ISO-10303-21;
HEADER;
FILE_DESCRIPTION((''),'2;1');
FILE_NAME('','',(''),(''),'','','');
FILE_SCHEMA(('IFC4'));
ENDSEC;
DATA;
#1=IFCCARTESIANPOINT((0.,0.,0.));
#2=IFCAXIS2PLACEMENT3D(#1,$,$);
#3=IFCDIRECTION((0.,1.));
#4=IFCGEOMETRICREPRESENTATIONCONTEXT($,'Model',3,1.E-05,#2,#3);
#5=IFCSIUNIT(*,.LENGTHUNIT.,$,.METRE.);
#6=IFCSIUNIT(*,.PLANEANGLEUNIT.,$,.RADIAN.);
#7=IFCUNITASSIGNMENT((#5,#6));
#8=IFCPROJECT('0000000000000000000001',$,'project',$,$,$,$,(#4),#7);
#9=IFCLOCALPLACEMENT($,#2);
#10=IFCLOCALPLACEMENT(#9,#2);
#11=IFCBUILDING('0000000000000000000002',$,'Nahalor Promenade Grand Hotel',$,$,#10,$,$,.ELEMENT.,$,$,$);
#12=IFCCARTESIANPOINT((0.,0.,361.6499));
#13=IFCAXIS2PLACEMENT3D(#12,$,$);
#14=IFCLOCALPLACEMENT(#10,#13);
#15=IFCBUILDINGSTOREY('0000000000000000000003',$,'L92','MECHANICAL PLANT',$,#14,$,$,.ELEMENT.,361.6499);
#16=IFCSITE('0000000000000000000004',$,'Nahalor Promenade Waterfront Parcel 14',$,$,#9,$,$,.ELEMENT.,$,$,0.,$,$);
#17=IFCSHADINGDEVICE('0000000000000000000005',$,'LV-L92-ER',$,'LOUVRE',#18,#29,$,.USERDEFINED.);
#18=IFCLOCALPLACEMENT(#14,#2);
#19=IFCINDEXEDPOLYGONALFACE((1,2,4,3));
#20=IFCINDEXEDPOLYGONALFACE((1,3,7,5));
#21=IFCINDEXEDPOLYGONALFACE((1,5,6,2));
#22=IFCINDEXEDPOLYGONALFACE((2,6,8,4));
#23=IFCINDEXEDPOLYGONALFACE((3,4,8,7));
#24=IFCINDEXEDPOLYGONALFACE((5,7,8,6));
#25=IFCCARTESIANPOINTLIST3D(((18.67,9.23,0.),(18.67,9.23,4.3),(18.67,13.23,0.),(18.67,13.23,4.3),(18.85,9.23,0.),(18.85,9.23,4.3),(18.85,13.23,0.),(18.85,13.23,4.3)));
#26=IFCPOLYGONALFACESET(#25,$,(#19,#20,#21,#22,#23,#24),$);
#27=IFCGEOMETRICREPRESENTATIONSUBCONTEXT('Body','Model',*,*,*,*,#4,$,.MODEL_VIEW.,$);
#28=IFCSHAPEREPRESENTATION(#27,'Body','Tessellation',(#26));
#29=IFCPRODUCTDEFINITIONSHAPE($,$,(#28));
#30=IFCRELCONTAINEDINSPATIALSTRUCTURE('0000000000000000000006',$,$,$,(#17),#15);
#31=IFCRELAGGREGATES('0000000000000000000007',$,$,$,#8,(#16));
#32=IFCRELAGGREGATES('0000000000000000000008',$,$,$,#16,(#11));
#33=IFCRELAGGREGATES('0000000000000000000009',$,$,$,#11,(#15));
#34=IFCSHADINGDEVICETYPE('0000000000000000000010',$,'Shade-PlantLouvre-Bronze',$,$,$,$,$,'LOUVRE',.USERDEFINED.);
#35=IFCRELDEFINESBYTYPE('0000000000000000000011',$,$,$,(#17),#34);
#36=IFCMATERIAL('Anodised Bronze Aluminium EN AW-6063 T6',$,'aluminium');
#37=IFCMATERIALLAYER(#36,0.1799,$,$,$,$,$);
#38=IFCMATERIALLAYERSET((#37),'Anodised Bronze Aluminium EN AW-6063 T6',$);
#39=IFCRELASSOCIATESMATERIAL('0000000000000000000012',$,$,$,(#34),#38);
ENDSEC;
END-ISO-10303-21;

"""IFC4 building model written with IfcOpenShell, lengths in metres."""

from ifc_helpers import new_model, si_unit, direction, frame, origin, origin_2d, place, context, subcontext, project, spatial, rectangle, extrude, source, transform, mapped, material, layer, layer_set, type_object, element, save


model = new_model("IFC4")

# Units and contexts
model_context = context("Model", 3, precision=1e-05, world=origin(), true_north=direction((0.0, 1.0)))
body_context = subcontext(model_context, "Body", "Model", "MODEL_VIEW")
ifc_project = project(units=[si_unit("LENGTHUNIT", "METRE"), si_unit("PLANEANGLEUNIT", "RADIAN")], contexts=[model_context])

# Site, building, storey
site_placement = place(None, origin())
site = spatial("IfcSite", under=ifc_project, at=site_placement, Name="Nahalor Promenade Waterfront Parcel 14", CompositionType="ELEMENT", RefElevation=0.0)
building_placement = place(site_placement, origin())
building = spatial("IfcBuilding", under=site, at=building_placement, Name="Nahalor Promenade Grand Hotel", CompositionType="ELEMENT")
storey_placement = place(building_placement, frame((0.0, 0.0, 361.6499)))
storey = spatial("IfcBuildingStorey", under=building, at=storey_placement, Name="L92", Description="MECHANICAL PLANT", CompositionType="ELEMENT", Elevation=361.6499)

# Shared definitions
ifc_material_1 = material(Name="Anodised Bronze Aluminium EN AW-6063 T6", Category="aluminium")

# Shading device
ifc_layer_1 = layer(ifc_material_1, 0.1799)
ifc_layer_set_1 = layer_set([ifc_layer_1], Name="Anodised Bronze Aluminium EN AW-6063 T6")
shading_device_type = type_object("IfcShadingDeviceType", Name="Shade-PlantLouvre-Bronze", ElementType="LOUVRE", PredefinedType="USERDEFINED", material=ifc_layer_set_1)
shared_shape_1 = source(origin(), body_context, "Body", "SweptSolid", [
    extrude(rectangle(XDim=4.0, YDim=0.1799, at=origin_2d()), origin(), (0.0, 0.0, 1.0), 4.3),
])
for number, where, z_axis, x_axis, name in (
    (1, (18.76, 11.23, 0.0), (0.0, 0.0, 1.0), (0.0, 1.0, 0.0), "LV-L92-ER"),
):
    element("IfcShadingDevice", number, at=place(storey_placement, frame(where, z_axis=z_axis, x_axis=x_axis)), inside=storey, type_object=shading_device_type, Name=name, ObjectType="LOUVRE", PredefinedType="USERDEFINED", context=body_context, shape_type="MappedRepresentation", body=[
        mapped(shared_shape_1, transform((0.0, 0.0, 0.0), scale=1.0)),
    ])

save(model, "model.ifc")
